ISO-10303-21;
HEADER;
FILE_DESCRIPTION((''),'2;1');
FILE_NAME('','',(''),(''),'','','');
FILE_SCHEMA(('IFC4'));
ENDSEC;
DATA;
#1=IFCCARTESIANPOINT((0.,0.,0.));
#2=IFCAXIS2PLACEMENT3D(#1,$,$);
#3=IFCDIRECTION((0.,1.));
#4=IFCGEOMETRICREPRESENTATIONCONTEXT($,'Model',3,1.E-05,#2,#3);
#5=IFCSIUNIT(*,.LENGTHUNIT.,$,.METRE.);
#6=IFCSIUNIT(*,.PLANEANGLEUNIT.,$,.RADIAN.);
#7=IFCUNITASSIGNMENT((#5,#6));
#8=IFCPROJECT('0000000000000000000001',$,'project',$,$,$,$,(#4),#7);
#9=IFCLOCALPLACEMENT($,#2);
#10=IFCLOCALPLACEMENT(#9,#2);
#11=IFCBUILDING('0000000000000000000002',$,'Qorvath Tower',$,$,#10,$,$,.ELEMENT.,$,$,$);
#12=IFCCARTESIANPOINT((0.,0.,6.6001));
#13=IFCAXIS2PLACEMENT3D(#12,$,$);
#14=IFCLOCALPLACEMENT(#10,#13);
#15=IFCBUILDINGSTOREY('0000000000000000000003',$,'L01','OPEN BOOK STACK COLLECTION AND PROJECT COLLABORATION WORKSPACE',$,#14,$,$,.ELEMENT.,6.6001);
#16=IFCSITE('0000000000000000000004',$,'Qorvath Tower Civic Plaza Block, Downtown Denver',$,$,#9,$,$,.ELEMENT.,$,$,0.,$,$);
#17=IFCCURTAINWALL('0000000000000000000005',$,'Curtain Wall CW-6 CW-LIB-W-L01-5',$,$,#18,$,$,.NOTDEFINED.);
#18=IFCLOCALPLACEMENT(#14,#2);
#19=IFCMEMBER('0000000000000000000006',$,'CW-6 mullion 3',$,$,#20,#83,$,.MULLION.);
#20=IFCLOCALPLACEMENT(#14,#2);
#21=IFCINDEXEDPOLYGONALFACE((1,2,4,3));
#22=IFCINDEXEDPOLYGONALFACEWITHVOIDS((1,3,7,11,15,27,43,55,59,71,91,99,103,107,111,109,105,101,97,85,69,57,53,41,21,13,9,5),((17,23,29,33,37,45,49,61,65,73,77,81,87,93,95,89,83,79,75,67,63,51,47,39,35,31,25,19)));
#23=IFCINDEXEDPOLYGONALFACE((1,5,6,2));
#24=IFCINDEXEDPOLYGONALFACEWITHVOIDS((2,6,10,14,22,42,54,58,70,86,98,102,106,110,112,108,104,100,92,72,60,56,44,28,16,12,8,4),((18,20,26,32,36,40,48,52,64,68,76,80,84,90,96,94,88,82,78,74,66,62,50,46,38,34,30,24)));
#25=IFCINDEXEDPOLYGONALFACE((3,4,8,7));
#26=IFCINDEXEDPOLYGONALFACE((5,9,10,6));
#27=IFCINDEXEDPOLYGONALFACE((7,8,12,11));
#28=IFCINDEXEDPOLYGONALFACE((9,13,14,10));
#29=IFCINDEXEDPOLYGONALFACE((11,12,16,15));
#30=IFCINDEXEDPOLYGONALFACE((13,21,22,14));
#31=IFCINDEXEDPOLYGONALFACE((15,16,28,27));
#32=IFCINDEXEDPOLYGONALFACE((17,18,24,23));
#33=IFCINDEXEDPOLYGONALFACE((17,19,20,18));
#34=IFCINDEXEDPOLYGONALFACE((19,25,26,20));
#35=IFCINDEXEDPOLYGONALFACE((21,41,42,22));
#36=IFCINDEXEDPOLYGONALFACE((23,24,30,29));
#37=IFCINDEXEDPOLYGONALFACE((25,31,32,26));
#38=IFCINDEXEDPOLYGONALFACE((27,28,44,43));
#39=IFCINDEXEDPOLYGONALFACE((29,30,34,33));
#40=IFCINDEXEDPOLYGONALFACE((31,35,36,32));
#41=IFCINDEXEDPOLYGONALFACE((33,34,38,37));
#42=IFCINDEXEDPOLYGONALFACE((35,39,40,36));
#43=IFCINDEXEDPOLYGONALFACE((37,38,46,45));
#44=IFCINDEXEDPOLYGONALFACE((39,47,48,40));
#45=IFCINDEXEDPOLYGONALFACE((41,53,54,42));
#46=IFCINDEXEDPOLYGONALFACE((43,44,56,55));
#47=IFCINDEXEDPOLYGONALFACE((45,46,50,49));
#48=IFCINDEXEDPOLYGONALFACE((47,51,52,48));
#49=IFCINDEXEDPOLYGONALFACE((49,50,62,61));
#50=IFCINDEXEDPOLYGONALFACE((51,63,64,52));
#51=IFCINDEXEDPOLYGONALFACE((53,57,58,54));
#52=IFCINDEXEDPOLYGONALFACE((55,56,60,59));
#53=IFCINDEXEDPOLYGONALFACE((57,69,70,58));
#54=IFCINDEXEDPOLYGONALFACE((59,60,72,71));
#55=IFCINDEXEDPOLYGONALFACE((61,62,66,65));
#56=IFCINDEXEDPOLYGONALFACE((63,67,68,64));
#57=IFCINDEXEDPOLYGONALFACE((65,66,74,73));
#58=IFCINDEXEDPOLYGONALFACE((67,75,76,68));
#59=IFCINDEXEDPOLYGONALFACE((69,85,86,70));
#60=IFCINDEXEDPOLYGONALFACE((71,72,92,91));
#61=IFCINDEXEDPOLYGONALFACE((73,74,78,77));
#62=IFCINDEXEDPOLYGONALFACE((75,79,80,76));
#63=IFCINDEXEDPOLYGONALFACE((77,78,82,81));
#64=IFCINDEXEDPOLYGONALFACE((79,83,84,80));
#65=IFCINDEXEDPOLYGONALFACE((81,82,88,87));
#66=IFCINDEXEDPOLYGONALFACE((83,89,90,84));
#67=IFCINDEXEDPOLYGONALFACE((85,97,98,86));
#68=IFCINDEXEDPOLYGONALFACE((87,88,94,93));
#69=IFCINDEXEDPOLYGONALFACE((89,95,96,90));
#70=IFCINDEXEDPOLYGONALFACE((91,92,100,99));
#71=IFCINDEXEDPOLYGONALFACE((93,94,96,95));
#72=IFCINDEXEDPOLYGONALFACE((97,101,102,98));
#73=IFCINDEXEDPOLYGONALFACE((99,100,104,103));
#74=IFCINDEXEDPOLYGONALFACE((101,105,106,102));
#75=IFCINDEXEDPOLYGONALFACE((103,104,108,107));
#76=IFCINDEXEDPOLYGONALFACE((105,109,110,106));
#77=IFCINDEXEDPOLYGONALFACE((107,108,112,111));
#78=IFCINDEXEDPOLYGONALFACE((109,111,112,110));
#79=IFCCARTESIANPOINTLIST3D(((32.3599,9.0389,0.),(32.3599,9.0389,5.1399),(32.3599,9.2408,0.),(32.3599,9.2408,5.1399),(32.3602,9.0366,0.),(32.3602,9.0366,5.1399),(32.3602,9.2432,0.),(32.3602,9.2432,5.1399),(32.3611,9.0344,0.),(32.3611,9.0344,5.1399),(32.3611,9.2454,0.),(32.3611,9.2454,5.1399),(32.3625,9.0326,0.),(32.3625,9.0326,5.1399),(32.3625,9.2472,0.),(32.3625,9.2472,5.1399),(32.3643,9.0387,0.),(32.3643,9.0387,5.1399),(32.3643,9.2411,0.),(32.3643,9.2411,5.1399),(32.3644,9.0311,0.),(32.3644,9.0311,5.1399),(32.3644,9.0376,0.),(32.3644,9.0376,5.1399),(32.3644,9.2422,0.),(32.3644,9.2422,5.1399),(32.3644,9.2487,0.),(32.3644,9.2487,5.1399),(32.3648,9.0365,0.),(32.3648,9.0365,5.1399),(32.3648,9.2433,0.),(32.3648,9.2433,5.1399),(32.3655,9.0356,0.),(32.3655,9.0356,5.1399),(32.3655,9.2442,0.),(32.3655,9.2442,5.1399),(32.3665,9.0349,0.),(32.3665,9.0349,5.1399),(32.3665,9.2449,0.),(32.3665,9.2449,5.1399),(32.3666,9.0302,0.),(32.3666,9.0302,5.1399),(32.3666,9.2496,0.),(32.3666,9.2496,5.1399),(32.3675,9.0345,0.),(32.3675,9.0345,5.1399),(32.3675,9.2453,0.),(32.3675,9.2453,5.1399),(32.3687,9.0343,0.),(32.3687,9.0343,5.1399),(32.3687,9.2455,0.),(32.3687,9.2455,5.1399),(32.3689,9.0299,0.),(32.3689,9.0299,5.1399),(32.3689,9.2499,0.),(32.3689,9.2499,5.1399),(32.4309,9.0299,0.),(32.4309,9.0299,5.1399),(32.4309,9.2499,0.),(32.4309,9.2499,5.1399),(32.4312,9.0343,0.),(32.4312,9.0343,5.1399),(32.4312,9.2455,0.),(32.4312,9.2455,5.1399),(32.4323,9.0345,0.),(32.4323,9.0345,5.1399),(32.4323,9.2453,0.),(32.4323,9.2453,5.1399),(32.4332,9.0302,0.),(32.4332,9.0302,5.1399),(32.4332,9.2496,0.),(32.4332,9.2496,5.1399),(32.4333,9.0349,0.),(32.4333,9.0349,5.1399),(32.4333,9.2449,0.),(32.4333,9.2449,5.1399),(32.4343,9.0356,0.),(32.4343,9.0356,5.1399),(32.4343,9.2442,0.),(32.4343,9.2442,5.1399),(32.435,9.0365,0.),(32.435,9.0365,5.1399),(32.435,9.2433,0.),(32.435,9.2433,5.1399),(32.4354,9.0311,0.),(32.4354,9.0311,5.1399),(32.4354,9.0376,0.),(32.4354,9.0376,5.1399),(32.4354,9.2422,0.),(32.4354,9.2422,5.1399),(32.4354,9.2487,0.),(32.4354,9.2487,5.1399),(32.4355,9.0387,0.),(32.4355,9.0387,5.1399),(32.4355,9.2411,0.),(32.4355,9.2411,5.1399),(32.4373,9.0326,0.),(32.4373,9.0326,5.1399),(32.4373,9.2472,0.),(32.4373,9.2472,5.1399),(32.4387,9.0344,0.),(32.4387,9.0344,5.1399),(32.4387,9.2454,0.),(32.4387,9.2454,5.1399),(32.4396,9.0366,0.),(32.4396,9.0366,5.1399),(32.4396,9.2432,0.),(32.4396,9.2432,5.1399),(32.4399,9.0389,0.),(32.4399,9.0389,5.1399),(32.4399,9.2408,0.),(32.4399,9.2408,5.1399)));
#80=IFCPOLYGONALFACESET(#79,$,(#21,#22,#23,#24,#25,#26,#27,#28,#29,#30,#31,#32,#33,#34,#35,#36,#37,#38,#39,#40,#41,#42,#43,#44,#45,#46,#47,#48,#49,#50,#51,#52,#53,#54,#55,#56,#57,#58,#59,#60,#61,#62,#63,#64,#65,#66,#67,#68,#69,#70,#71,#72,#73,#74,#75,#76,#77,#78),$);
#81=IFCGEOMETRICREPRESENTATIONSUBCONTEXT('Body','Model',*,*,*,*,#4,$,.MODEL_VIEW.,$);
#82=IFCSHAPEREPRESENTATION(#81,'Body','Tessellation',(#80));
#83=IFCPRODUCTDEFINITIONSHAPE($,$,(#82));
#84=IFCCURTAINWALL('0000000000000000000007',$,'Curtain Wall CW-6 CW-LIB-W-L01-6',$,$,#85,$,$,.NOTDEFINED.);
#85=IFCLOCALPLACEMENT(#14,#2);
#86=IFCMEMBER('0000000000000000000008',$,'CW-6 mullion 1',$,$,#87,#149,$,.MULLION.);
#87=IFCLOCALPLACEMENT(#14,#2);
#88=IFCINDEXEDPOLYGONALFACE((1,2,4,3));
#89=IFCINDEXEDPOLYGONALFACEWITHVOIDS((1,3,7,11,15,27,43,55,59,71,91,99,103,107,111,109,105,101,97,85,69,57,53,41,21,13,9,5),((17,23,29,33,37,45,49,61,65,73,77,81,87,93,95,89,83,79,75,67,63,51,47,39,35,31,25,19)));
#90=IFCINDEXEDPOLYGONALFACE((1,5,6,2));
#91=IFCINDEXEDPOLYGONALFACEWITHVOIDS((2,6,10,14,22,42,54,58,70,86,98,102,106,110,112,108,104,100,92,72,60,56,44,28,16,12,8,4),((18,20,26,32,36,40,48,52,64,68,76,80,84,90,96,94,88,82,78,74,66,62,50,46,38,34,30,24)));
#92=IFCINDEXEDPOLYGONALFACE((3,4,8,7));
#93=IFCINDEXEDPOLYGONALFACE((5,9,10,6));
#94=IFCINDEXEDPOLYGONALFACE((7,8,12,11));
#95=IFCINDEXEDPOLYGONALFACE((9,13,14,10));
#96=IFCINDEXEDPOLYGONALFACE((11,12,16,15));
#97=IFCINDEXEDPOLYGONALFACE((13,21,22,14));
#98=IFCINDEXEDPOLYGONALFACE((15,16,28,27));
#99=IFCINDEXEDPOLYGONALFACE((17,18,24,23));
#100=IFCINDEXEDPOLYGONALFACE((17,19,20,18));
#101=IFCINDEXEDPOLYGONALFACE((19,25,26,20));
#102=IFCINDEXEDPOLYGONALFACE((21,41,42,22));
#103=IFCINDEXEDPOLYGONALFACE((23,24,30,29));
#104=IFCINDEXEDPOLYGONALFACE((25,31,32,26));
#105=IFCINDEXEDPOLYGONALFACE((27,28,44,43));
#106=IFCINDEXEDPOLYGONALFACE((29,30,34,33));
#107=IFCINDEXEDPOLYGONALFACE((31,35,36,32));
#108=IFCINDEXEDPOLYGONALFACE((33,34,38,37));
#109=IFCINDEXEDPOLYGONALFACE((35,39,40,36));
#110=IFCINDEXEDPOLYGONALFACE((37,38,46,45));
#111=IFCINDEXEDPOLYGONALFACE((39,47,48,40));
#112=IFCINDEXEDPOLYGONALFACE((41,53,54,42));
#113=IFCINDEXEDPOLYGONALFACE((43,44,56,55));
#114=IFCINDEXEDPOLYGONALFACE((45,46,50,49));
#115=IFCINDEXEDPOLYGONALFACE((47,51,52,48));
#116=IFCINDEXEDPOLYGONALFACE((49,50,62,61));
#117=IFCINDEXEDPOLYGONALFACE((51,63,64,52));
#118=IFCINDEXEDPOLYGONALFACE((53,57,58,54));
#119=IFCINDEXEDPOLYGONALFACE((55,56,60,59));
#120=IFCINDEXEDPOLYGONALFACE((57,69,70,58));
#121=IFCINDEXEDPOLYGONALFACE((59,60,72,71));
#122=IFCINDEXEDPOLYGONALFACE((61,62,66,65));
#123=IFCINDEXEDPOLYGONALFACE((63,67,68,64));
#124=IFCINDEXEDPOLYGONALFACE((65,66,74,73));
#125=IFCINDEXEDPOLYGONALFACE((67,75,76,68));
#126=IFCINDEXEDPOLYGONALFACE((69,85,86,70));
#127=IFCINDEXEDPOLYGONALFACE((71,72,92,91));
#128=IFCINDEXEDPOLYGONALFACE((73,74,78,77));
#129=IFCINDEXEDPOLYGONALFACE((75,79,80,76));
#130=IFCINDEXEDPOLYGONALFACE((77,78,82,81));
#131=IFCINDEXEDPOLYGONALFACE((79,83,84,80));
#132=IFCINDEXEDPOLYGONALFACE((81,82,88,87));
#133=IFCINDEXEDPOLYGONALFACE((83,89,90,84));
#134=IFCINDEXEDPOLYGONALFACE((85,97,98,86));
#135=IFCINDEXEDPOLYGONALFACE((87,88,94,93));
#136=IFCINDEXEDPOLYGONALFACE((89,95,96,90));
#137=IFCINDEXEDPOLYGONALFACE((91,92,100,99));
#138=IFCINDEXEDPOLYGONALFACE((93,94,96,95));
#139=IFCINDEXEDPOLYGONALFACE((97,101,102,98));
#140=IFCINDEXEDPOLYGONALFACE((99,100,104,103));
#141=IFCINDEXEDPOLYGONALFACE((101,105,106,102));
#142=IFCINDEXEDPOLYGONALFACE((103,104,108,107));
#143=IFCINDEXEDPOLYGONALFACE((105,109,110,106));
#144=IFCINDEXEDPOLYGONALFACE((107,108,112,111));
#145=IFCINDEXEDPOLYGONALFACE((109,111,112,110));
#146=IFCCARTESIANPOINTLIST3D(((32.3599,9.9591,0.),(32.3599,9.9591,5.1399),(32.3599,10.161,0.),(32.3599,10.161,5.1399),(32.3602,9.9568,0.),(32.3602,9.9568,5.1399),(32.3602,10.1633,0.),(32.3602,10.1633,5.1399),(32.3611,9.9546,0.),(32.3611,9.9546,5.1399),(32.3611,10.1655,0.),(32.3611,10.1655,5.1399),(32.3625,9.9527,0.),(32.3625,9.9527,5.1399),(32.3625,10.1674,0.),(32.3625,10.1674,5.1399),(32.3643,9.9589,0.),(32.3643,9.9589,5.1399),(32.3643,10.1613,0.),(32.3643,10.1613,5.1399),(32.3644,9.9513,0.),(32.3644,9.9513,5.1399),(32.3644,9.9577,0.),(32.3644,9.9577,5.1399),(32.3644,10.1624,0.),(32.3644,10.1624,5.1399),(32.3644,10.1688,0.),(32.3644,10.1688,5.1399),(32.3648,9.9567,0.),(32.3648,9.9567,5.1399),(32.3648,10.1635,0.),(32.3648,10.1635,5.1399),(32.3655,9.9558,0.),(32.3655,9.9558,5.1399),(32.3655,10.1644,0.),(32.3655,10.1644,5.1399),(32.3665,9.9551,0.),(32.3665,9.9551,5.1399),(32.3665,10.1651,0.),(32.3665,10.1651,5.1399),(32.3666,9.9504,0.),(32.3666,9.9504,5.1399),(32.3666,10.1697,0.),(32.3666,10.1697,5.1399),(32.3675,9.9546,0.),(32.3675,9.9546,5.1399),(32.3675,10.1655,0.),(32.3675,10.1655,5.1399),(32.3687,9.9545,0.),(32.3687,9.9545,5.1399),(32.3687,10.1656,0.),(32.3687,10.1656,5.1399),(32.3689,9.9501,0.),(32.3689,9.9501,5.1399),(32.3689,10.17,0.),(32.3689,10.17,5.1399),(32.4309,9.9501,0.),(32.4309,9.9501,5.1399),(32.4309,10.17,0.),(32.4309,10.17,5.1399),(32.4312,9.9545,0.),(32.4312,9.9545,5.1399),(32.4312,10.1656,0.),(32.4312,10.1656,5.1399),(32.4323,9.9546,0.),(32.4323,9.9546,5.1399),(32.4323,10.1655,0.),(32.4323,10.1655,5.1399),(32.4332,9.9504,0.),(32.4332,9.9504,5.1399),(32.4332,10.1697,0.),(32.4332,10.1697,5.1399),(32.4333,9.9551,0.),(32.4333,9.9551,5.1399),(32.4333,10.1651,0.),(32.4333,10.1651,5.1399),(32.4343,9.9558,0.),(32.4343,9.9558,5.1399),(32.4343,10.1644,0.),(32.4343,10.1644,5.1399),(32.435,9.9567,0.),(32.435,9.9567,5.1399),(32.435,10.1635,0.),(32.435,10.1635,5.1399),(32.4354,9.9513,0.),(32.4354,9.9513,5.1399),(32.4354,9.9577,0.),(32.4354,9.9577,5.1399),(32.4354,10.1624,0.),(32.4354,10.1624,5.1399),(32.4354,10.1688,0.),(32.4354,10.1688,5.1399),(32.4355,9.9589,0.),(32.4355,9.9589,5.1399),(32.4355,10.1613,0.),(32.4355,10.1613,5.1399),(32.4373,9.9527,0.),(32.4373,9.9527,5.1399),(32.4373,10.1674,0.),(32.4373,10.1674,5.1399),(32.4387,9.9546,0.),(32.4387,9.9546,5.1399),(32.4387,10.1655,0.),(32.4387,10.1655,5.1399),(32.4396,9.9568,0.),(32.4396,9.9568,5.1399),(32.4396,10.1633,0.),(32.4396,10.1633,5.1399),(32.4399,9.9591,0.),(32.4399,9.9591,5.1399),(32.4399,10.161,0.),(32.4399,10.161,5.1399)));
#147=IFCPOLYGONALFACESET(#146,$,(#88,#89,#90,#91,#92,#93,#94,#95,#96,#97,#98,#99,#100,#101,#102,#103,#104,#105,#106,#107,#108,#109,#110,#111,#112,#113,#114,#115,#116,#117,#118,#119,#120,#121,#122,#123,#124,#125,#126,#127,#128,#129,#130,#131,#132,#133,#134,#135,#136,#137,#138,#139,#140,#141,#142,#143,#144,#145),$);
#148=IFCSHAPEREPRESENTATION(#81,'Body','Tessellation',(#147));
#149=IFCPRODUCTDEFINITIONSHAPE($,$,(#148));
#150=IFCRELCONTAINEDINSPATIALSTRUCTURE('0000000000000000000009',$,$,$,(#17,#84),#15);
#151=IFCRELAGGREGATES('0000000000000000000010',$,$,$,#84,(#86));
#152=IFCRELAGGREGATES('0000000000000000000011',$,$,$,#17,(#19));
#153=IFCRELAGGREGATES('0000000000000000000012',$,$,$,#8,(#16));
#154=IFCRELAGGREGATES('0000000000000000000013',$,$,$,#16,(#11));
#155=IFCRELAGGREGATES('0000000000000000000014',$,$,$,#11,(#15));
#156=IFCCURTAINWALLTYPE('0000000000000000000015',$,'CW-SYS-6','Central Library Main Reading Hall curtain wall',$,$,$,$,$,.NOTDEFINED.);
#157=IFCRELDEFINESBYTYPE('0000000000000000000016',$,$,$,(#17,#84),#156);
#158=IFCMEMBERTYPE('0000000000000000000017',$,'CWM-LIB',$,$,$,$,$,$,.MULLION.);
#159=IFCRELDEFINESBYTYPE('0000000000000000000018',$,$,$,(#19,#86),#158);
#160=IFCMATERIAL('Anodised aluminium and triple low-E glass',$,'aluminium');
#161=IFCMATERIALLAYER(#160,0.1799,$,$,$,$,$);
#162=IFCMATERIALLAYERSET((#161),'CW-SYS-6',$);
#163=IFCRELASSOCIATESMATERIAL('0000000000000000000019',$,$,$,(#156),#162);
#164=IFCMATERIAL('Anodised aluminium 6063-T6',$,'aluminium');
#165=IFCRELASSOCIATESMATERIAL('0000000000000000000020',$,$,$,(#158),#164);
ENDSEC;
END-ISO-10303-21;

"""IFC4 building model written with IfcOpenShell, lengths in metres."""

from ifc_helpers import new_model, si_unit, direction, frame, origin, origin_2d, place, context, subcontext, project, spatial, hollow_rectangle, extrude, material, layer, layer_set, material_profile, profile_set, type_object, element, aggregate, save


model = new_model("IFC4")

# Units and contexts
model_context = context("Model", 3, precision=1e-05, world=origin(), true_north=direction((0.0, 1.0)))
body_context = subcontext(model_context, "Body", "Model", "MODEL_VIEW")
ifc_project = project(units=[si_unit("LENGTHUNIT", "METRE"), si_unit("PLANEANGLEUNIT", "RADIAN")], contexts=[model_context])

# Site, building, storey
site_placement = place(None, origin())
site = spatial("IfcSite", under=ifc_project, at=site_placement, Name="Qorvath Tower Civic Plaza Block, Downtown Denver", CompositionType="ELEMENT", RefElevation=0.0)
building_placement = place(site_placement, origin())
building = spatial("IfcBuilding", under=site, at=building_placement, Name="Qorvath Tower", CompositionType="ELEMENT")
storey_placement = place(building_placement, frame((0.0, 0.0, 6.6001)))
storey = spatial("IfcBuildingStorey", under=building, at=storey_placement, Name="L01", Description="OPEN BOOK STACK COLLECTION AND PROJECT COLLABORATION WORKSPACE", CompositionType="ELEMENT", Elevation=6.6001)

# Curtain wall, member
ifc_material_1 = material(Name="Anodised aluminium and triple low-E glass", Category="aluminium")
ifc_layer_1 = layer(ifc_material_1, 0.1799)
ifc_layer_set_1 = layer_set([ifc_layer_1], Name="CW-SYS-6")
curtain_wall_type = type_object("IfcCurtainWallType", Name="CW-SYS-6", Description="Central Library Main Reading Hall curtain wall", PredefinedType="NOTDEFINED", material=ifc_layer_set_1)
curtain_wall_1_placement = place(storey_placement, origin())
curtain_wall_1 = element("IfcCurtainWall", 1, at=curtain_wall_1_placement, inside=storey, type_object=curtain_wall_type, Name="Curtain Wall CW-6 CW-LIB-W-L01-5", PredefinedType="NOTDEFINED")
ifc_material_2 = material(Name="Anodised aluminium 6063-T6", Category="aluminium")
ifc_material_profile_1 = material_profile(ifc_material_2, hollow_rectangle(XDim=0.0801, YDim=0.22, WallThickness=0.0044, InnerFilletRadius=0.0044, OuterFilletRadius=0.009, at=origin_2d()), Name="CWM LIB 220x80")
ifc_profile_set_1 = profile_set([ifc_material_profile_1], Name="Anodised aluminium 6063-T6")
member_type_1 = type_object("IfcMemberType", Name="CWM-LIB", PredefinedType="MULLION", material=ifc_profile_set_1)
member_1_placement = place(storey_placement, frame((32.3999, 9.1399, 0.0), z_axis=(0.0, 0.0, 1.0), x_axis=(-1.0, 0.0, 0.0)))
member_1 = element("IfcMember", 2, at=member_1_placement, type_object=member_type_1, Name="CW-6 mullion 3", PredefinedType="MULLION", context=body_context, shape_type="SweptSolid", body=[
    extrude(hollow_rectangle(XDim=0.0801, YDim=0.22, WallThickness=0.0044, InnerFilletRadius=0.0044, OuterFilletRadius=0.009, at=origin_2d()), origin(), (0.0, 0.0, 1.0), 5.1399),
])

# Curtain wall, member
curtain_wall_2_placement = place(storey_placement, origin())
curtain_wall_2 = element("IfcCurtainWall", 3, at=curtain_wall_2_placement, inside=storey, type_object=curtain_wall_type, Name="Curtain Wall CW-6 CW-LIB-W-L01-6", PredefinedType="NOTDEFINED")
member_2_placement = place(storey_placement, frame((32.3999, 10.0601, 0.0), z_axis=(0.0, 0.0, 1.0), x_axis=(-1.0, 0.0, 0.0)))
member_2 = element("IfcMember", 4, at=member_2_placement, type_object=member_type_1, Name="CW-6 mullion 1", PredefinedType="MULLION", context=body_context, shape_type="SweptSolid", body=[
    extrude(hollow_rectangle(XDim=0.0801, YDim=0.22, WallThickness=0.0044, InnerFilletRadius=0.0044, OuterFilletRadius=0.009, at=origin_2d()), origin(), (0.0, 0.0, 1.0), 5.1399),
])
aggregate(curtain_wall_2, [member_2])

aggregate(curtain_wall_1, [member_1])

save(model, "model.ifc")
